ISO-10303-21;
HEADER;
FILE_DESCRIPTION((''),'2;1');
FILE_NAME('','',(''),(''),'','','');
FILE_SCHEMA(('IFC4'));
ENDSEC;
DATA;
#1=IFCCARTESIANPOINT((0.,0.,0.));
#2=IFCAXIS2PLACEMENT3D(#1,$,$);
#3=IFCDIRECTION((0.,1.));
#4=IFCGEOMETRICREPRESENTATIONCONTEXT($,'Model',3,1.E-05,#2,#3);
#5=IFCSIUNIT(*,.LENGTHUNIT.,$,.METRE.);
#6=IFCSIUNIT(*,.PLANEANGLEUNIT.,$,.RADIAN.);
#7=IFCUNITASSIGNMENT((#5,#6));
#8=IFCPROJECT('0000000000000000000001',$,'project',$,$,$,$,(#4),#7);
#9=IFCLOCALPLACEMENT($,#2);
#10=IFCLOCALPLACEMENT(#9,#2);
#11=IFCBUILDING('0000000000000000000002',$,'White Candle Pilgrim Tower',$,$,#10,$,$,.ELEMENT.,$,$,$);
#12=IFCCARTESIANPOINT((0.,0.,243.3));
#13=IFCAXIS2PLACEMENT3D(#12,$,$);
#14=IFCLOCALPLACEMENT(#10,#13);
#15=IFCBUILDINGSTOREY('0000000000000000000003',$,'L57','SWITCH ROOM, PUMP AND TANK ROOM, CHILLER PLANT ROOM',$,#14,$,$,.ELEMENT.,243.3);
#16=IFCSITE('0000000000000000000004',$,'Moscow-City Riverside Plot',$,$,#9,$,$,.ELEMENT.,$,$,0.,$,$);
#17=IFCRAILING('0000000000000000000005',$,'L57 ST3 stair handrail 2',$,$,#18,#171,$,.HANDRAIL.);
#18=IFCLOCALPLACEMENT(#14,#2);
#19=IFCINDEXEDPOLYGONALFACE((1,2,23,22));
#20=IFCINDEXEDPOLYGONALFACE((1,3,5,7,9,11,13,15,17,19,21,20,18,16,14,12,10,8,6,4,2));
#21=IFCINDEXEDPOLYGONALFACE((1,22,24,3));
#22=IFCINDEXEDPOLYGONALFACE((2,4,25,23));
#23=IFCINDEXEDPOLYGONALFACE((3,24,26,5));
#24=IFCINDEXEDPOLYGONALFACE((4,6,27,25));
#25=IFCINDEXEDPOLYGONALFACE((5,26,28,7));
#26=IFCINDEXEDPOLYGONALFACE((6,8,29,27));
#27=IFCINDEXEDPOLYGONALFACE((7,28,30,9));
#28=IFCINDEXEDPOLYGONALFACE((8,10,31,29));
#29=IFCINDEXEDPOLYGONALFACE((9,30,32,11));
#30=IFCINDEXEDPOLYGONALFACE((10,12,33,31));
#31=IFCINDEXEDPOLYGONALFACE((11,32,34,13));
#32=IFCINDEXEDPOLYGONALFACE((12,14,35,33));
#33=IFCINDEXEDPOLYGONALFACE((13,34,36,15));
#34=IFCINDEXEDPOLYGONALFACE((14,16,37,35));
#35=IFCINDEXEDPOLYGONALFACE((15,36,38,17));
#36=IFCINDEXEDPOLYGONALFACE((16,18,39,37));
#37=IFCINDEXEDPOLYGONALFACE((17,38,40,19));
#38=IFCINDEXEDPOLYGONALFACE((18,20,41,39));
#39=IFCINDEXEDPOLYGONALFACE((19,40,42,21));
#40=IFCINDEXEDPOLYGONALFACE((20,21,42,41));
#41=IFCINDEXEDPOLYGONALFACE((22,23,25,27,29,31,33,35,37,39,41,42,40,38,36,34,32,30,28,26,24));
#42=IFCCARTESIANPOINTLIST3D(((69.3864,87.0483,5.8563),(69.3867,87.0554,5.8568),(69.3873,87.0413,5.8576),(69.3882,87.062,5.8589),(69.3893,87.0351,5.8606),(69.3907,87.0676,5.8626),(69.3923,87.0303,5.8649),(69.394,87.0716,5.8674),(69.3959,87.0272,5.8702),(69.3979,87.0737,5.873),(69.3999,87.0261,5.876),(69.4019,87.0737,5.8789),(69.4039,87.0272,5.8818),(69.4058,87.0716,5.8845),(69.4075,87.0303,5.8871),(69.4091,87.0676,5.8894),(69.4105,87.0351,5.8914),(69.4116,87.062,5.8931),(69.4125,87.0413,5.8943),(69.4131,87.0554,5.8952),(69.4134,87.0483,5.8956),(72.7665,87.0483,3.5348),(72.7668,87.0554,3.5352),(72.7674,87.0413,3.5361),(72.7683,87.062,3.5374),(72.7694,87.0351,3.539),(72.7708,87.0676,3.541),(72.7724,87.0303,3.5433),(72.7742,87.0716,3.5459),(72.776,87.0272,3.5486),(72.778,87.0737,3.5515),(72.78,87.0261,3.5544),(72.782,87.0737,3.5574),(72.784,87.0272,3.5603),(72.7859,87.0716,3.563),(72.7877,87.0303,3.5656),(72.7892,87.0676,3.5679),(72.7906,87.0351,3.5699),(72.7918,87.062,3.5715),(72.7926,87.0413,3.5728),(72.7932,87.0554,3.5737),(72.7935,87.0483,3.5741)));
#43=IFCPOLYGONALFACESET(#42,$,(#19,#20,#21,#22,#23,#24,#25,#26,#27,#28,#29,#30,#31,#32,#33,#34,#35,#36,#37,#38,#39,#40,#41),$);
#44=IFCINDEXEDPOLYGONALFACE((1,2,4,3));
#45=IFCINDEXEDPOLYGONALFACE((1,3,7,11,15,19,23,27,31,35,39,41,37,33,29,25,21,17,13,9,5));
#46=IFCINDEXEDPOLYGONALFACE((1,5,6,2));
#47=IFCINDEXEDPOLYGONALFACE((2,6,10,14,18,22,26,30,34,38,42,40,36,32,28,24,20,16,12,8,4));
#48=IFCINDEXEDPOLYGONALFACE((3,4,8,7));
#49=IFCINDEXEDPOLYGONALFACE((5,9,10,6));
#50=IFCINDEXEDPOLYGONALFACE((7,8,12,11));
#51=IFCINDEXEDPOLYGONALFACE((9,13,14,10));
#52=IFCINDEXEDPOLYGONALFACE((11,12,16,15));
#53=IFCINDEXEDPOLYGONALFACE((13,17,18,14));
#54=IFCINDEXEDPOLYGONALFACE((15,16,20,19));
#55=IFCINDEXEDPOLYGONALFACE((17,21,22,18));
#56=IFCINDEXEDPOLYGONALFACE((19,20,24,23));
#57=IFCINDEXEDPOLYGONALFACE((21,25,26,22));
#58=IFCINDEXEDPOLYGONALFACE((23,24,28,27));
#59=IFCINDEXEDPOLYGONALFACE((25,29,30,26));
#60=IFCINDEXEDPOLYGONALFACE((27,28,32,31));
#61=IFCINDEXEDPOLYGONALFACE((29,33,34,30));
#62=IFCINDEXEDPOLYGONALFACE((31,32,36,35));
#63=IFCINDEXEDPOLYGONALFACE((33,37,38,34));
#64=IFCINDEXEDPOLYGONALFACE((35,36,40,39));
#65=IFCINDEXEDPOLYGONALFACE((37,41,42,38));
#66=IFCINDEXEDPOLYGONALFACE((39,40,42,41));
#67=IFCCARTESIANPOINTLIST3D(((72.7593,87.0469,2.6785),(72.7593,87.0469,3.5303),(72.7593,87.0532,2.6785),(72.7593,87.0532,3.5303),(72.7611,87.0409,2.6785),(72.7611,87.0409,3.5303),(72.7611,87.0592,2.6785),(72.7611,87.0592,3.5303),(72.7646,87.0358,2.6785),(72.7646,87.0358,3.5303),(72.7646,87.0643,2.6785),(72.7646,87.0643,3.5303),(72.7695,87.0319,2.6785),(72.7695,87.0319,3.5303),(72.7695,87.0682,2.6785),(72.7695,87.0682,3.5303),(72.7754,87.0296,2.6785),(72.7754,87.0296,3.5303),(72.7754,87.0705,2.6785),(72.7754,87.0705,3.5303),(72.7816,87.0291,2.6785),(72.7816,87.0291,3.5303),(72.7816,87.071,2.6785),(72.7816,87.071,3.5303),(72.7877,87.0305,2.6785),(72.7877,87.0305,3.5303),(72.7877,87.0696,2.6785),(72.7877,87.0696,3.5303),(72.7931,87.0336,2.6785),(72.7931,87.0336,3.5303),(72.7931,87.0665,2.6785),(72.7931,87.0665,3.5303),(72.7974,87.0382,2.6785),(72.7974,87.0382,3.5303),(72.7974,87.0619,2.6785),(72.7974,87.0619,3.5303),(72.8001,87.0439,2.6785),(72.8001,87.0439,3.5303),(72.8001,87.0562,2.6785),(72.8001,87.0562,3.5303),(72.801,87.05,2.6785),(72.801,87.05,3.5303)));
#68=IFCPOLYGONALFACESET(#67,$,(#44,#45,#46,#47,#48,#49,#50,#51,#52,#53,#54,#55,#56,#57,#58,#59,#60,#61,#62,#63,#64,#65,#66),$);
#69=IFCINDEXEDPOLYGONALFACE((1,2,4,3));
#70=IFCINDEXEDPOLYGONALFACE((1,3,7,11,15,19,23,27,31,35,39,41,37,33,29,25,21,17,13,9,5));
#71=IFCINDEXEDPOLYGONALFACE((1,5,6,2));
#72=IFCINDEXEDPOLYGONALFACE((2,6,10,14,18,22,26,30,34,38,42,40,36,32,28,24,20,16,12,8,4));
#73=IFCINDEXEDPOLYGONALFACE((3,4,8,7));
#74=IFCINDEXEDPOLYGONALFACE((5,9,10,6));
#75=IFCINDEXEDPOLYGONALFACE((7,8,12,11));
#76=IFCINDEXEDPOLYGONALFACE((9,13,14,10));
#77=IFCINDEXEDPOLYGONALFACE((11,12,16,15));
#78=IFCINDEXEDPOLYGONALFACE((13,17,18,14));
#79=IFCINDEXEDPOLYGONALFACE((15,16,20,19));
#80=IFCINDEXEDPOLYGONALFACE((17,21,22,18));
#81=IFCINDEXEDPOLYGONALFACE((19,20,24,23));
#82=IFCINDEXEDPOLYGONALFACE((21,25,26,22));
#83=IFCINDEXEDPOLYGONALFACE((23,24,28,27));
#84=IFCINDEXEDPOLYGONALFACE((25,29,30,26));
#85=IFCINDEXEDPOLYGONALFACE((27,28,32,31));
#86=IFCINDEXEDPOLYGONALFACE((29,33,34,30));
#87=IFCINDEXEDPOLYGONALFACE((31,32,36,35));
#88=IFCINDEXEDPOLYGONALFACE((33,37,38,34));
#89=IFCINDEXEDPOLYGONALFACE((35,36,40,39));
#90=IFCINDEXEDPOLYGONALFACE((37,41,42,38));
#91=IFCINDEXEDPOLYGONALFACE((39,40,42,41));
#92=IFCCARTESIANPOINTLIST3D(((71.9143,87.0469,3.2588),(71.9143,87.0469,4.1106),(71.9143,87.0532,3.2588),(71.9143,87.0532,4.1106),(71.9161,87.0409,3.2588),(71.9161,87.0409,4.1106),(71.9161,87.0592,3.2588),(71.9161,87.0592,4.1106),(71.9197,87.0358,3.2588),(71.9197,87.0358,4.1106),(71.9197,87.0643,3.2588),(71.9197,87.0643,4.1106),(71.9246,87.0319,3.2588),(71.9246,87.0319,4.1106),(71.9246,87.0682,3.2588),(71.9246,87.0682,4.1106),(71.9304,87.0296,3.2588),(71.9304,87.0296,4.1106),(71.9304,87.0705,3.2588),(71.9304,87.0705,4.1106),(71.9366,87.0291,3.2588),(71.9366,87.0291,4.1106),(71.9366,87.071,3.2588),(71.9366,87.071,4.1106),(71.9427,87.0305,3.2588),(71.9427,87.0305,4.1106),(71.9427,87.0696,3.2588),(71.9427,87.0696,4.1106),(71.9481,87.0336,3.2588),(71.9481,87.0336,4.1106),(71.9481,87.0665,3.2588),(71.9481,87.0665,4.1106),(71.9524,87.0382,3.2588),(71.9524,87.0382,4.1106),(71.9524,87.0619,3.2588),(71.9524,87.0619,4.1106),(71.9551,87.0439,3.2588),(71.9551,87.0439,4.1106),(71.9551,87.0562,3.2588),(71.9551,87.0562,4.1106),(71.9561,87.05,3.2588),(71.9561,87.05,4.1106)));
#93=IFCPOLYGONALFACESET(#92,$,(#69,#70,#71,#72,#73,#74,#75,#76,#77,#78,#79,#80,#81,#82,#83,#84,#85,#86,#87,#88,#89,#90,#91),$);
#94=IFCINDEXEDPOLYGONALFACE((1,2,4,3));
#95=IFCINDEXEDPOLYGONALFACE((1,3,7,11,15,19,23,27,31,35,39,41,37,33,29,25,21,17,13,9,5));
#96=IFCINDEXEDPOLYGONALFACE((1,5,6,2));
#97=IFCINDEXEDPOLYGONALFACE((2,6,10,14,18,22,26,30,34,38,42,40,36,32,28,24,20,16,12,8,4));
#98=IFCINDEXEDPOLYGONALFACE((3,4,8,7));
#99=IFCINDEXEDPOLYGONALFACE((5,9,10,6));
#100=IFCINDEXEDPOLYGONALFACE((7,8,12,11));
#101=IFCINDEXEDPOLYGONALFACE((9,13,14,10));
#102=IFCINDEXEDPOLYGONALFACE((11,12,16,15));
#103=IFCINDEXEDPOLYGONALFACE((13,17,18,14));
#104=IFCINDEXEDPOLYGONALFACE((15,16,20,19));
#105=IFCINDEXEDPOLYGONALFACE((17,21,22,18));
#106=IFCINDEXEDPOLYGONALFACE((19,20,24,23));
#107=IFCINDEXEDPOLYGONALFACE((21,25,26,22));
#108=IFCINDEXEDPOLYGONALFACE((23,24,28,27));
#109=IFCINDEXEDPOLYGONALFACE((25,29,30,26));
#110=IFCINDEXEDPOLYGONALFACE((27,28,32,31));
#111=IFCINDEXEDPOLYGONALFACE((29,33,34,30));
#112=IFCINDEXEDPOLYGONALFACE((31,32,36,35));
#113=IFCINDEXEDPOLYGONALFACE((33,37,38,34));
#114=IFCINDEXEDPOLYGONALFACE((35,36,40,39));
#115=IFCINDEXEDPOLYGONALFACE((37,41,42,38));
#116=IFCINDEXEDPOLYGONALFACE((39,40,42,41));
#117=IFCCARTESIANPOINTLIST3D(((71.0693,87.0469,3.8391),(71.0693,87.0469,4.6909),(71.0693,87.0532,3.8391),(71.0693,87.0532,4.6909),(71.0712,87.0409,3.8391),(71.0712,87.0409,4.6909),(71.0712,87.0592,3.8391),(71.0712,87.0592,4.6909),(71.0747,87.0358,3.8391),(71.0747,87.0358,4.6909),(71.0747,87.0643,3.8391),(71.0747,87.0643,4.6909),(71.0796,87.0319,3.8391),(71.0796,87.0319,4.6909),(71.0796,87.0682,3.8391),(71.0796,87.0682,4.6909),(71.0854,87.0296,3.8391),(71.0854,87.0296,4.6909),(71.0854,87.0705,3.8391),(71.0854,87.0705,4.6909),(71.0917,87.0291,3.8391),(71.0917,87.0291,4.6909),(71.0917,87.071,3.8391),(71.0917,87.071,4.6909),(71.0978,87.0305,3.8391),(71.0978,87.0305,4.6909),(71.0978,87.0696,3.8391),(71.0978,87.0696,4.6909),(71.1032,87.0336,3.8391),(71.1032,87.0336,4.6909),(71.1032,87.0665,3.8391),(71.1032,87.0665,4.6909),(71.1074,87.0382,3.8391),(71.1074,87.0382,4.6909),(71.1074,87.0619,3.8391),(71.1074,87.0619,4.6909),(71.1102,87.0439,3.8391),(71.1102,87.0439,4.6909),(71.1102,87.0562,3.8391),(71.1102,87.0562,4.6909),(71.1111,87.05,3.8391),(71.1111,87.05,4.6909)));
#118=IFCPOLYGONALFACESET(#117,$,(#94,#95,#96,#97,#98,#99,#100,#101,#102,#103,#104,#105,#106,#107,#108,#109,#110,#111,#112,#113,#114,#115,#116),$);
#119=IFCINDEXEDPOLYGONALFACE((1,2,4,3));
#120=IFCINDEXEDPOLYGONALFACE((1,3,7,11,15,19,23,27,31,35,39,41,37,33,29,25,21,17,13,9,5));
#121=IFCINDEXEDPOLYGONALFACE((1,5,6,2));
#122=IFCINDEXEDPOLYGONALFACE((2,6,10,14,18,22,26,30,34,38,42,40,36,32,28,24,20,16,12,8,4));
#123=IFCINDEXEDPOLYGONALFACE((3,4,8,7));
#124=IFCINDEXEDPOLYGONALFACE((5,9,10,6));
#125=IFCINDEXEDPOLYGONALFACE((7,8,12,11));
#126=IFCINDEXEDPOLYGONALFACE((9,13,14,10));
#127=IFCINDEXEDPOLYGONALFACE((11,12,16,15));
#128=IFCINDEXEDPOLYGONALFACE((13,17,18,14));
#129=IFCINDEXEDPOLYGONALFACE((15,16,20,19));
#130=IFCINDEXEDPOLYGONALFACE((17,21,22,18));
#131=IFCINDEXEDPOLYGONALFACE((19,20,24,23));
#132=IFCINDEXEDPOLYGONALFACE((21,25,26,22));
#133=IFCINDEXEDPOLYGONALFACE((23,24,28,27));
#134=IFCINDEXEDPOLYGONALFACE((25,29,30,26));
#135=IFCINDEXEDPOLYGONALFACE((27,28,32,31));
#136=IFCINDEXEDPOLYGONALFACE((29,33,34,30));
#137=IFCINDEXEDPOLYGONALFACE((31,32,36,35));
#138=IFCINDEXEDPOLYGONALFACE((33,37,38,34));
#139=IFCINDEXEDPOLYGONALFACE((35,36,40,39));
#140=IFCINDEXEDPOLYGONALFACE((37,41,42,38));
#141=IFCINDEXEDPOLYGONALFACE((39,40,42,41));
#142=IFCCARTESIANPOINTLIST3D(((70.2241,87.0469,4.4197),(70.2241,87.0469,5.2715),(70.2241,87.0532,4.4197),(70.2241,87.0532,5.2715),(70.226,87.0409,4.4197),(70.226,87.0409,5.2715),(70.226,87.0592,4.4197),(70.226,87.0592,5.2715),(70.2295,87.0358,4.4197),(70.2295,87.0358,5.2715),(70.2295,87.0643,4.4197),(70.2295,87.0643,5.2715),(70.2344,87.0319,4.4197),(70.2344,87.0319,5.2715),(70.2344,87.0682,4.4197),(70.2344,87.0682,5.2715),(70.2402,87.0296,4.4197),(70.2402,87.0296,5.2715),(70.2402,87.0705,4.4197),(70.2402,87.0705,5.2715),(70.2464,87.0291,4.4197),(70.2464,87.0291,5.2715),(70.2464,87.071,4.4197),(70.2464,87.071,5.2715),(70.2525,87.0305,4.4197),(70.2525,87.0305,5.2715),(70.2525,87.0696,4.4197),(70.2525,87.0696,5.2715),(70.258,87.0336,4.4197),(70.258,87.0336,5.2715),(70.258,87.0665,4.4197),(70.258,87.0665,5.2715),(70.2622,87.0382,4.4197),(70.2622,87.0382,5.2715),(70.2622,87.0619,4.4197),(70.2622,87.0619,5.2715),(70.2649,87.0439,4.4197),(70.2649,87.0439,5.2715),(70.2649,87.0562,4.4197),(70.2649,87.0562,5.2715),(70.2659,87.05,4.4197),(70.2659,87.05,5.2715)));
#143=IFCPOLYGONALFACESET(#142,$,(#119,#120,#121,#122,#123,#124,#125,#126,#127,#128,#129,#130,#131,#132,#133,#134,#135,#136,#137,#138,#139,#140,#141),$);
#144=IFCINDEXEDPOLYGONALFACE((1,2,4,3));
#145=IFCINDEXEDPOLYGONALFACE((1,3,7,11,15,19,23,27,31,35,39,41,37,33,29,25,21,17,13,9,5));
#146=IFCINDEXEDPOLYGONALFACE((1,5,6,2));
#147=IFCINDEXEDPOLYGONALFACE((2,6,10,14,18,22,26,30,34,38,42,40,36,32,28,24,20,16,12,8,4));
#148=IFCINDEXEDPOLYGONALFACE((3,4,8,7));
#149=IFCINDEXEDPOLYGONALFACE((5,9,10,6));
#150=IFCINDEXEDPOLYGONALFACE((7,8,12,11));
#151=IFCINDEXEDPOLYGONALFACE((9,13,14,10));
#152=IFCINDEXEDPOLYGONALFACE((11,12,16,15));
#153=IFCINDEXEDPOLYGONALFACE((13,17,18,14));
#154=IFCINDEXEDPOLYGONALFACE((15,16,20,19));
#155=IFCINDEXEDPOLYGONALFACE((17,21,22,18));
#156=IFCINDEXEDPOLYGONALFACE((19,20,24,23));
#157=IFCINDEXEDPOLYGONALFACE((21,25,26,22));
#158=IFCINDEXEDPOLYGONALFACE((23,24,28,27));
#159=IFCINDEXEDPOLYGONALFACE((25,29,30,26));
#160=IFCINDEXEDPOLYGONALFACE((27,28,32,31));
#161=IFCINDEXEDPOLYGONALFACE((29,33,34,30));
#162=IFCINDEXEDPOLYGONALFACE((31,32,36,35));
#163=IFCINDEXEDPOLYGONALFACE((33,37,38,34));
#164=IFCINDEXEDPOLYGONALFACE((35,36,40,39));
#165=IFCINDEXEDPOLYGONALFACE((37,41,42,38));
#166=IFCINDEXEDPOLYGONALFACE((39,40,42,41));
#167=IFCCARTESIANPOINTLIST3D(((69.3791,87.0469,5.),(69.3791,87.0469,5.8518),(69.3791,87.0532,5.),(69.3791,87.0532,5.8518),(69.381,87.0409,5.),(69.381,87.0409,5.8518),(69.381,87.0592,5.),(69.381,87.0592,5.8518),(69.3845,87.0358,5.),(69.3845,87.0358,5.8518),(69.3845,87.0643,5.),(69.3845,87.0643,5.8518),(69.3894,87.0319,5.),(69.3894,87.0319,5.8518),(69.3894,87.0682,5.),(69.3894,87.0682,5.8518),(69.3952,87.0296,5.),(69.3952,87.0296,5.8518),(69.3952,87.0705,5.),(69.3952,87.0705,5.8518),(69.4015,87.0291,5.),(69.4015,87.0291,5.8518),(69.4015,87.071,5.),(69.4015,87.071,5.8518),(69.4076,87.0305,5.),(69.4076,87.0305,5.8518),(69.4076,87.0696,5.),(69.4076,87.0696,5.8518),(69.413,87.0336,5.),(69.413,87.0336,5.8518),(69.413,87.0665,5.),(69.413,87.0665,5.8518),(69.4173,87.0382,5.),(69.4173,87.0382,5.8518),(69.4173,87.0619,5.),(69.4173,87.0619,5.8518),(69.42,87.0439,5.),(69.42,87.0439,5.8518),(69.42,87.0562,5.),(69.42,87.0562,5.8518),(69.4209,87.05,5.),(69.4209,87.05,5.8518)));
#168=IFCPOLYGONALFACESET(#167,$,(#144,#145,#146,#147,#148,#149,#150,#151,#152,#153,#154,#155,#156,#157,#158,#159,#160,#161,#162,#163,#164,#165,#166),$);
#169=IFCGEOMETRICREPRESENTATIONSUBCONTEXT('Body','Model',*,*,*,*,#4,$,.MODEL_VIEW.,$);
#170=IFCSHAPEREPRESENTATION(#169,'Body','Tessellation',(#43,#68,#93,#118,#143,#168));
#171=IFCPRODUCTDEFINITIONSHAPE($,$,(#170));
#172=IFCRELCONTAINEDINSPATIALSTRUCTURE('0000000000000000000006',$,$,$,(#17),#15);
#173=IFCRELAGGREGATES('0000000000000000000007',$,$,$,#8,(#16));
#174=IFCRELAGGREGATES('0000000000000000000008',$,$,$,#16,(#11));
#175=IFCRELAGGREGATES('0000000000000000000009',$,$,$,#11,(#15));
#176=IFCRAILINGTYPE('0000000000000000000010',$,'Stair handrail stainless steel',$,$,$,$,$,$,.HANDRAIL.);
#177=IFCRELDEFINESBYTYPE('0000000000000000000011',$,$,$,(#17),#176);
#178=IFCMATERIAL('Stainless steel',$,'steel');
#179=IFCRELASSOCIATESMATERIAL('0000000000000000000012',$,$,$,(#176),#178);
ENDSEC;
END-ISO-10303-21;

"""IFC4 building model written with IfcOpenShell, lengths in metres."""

from ifc_helpers import new_model, si_unit, direction, frame, origin, origin_2d, place, context, subcontext, project, spatial, circle, extrude, material, type_object, element, save


model = new_model("IFC4")

# Units and contexts
model_context = context("Model", 3, precision=1e-05, world=origin(), true_north=direction((0.0, 1.0)))
body_context = subcontext(model_context, "Body", "Model", "MODEL_VIEW")
ifc_project = project(units=[si_unit("LENGTHUNIT", "METRE"), si_unit("PLANEANGLEUNIT", "RADIAN")], contexts=[model_context])

# Site, building, storey
site_placement = place(None, origin())
site = spatial("IfcSite", under=ifc_project, at=site_placement, Name="Moscow-City Riverside Plot", CompositionType="ELEMENT", RefElevation=0.0)
building_placement = place(site_placement, origin())
building = spatial("IfcBuilding", under=site, at=building_placement, Name="White Candle Pilgrim Tower", CompositionType="ELEMENT")
storey_placement = place(building_placement, frame((0.0, 0.0, 243.3)))
storey = spatial("IfcBuildingStorey", under=building, at=storey_placement, Name="L57", Description="SWITCH ROOM, PUMP AND TANK ROOM, CHILLER PLANT ROOM", CompositionType="ELEMENT", Elevation=243.3)

# Shared definitions
ifc_material_1 = material(Name="Stainless steel", Category="steel")

# Railing
railing_type_1 = type_object("IfcRailingType", Name="Stair handrail stainless steel", PredefinedType="HANDRAIL", material=ifc_material_1)
railing_1_placement = place(storey_placement, frame((72.78, 87.05, 2.6785)))
element("IfcRailing", 1, at=railing_1_placement, inside=storey, type_object=railing_type_1, Name="L57 ST3 stair handrail 2", PredefinedType="HANDRAIL", context=body_context, shape_type="SweptSolid", body=[
    extrude(circle(Radius=0.0239, at=origin_2d()), frame((0.0, 0.0, 0.876), z_axis=(-0.824304, 0.0, 0.566147), x_axis=(0.0, -1.0, 0.0)), (0.0, 0.0, 1.0), 4.1006),
    extrude(circle(Radius=0.021, at=origin_2d()), origin(), (0.0, 0.0, 1.0), 0.8518),
    extrude(circle(Radius=0.021, at=origin_2d()), frame((-0.845, 0.0, 0.5803)), (0.0, 0.0, 1.0), 0.8518),
    extrude(circle(Radius=0.021, at=origin_2d()), frame((-1.6899, 0.0, 1.1606)), (0.0, 0.0, 1.0), 0.8518),
    extrude(circle(Radius=0.021, at=origin_2d()), frame((-2.5352, 0.0, 1.7412)), (0.0, 0.0, 1.0), 0.8518),
    extrude(circle(Radius=0.021, at=origin_2d()), frame((-3.3801, 0.0, 2.3215)), (0.0, 0.0, 1.0), 0.8518),
])

save(model, "model.ifc")
